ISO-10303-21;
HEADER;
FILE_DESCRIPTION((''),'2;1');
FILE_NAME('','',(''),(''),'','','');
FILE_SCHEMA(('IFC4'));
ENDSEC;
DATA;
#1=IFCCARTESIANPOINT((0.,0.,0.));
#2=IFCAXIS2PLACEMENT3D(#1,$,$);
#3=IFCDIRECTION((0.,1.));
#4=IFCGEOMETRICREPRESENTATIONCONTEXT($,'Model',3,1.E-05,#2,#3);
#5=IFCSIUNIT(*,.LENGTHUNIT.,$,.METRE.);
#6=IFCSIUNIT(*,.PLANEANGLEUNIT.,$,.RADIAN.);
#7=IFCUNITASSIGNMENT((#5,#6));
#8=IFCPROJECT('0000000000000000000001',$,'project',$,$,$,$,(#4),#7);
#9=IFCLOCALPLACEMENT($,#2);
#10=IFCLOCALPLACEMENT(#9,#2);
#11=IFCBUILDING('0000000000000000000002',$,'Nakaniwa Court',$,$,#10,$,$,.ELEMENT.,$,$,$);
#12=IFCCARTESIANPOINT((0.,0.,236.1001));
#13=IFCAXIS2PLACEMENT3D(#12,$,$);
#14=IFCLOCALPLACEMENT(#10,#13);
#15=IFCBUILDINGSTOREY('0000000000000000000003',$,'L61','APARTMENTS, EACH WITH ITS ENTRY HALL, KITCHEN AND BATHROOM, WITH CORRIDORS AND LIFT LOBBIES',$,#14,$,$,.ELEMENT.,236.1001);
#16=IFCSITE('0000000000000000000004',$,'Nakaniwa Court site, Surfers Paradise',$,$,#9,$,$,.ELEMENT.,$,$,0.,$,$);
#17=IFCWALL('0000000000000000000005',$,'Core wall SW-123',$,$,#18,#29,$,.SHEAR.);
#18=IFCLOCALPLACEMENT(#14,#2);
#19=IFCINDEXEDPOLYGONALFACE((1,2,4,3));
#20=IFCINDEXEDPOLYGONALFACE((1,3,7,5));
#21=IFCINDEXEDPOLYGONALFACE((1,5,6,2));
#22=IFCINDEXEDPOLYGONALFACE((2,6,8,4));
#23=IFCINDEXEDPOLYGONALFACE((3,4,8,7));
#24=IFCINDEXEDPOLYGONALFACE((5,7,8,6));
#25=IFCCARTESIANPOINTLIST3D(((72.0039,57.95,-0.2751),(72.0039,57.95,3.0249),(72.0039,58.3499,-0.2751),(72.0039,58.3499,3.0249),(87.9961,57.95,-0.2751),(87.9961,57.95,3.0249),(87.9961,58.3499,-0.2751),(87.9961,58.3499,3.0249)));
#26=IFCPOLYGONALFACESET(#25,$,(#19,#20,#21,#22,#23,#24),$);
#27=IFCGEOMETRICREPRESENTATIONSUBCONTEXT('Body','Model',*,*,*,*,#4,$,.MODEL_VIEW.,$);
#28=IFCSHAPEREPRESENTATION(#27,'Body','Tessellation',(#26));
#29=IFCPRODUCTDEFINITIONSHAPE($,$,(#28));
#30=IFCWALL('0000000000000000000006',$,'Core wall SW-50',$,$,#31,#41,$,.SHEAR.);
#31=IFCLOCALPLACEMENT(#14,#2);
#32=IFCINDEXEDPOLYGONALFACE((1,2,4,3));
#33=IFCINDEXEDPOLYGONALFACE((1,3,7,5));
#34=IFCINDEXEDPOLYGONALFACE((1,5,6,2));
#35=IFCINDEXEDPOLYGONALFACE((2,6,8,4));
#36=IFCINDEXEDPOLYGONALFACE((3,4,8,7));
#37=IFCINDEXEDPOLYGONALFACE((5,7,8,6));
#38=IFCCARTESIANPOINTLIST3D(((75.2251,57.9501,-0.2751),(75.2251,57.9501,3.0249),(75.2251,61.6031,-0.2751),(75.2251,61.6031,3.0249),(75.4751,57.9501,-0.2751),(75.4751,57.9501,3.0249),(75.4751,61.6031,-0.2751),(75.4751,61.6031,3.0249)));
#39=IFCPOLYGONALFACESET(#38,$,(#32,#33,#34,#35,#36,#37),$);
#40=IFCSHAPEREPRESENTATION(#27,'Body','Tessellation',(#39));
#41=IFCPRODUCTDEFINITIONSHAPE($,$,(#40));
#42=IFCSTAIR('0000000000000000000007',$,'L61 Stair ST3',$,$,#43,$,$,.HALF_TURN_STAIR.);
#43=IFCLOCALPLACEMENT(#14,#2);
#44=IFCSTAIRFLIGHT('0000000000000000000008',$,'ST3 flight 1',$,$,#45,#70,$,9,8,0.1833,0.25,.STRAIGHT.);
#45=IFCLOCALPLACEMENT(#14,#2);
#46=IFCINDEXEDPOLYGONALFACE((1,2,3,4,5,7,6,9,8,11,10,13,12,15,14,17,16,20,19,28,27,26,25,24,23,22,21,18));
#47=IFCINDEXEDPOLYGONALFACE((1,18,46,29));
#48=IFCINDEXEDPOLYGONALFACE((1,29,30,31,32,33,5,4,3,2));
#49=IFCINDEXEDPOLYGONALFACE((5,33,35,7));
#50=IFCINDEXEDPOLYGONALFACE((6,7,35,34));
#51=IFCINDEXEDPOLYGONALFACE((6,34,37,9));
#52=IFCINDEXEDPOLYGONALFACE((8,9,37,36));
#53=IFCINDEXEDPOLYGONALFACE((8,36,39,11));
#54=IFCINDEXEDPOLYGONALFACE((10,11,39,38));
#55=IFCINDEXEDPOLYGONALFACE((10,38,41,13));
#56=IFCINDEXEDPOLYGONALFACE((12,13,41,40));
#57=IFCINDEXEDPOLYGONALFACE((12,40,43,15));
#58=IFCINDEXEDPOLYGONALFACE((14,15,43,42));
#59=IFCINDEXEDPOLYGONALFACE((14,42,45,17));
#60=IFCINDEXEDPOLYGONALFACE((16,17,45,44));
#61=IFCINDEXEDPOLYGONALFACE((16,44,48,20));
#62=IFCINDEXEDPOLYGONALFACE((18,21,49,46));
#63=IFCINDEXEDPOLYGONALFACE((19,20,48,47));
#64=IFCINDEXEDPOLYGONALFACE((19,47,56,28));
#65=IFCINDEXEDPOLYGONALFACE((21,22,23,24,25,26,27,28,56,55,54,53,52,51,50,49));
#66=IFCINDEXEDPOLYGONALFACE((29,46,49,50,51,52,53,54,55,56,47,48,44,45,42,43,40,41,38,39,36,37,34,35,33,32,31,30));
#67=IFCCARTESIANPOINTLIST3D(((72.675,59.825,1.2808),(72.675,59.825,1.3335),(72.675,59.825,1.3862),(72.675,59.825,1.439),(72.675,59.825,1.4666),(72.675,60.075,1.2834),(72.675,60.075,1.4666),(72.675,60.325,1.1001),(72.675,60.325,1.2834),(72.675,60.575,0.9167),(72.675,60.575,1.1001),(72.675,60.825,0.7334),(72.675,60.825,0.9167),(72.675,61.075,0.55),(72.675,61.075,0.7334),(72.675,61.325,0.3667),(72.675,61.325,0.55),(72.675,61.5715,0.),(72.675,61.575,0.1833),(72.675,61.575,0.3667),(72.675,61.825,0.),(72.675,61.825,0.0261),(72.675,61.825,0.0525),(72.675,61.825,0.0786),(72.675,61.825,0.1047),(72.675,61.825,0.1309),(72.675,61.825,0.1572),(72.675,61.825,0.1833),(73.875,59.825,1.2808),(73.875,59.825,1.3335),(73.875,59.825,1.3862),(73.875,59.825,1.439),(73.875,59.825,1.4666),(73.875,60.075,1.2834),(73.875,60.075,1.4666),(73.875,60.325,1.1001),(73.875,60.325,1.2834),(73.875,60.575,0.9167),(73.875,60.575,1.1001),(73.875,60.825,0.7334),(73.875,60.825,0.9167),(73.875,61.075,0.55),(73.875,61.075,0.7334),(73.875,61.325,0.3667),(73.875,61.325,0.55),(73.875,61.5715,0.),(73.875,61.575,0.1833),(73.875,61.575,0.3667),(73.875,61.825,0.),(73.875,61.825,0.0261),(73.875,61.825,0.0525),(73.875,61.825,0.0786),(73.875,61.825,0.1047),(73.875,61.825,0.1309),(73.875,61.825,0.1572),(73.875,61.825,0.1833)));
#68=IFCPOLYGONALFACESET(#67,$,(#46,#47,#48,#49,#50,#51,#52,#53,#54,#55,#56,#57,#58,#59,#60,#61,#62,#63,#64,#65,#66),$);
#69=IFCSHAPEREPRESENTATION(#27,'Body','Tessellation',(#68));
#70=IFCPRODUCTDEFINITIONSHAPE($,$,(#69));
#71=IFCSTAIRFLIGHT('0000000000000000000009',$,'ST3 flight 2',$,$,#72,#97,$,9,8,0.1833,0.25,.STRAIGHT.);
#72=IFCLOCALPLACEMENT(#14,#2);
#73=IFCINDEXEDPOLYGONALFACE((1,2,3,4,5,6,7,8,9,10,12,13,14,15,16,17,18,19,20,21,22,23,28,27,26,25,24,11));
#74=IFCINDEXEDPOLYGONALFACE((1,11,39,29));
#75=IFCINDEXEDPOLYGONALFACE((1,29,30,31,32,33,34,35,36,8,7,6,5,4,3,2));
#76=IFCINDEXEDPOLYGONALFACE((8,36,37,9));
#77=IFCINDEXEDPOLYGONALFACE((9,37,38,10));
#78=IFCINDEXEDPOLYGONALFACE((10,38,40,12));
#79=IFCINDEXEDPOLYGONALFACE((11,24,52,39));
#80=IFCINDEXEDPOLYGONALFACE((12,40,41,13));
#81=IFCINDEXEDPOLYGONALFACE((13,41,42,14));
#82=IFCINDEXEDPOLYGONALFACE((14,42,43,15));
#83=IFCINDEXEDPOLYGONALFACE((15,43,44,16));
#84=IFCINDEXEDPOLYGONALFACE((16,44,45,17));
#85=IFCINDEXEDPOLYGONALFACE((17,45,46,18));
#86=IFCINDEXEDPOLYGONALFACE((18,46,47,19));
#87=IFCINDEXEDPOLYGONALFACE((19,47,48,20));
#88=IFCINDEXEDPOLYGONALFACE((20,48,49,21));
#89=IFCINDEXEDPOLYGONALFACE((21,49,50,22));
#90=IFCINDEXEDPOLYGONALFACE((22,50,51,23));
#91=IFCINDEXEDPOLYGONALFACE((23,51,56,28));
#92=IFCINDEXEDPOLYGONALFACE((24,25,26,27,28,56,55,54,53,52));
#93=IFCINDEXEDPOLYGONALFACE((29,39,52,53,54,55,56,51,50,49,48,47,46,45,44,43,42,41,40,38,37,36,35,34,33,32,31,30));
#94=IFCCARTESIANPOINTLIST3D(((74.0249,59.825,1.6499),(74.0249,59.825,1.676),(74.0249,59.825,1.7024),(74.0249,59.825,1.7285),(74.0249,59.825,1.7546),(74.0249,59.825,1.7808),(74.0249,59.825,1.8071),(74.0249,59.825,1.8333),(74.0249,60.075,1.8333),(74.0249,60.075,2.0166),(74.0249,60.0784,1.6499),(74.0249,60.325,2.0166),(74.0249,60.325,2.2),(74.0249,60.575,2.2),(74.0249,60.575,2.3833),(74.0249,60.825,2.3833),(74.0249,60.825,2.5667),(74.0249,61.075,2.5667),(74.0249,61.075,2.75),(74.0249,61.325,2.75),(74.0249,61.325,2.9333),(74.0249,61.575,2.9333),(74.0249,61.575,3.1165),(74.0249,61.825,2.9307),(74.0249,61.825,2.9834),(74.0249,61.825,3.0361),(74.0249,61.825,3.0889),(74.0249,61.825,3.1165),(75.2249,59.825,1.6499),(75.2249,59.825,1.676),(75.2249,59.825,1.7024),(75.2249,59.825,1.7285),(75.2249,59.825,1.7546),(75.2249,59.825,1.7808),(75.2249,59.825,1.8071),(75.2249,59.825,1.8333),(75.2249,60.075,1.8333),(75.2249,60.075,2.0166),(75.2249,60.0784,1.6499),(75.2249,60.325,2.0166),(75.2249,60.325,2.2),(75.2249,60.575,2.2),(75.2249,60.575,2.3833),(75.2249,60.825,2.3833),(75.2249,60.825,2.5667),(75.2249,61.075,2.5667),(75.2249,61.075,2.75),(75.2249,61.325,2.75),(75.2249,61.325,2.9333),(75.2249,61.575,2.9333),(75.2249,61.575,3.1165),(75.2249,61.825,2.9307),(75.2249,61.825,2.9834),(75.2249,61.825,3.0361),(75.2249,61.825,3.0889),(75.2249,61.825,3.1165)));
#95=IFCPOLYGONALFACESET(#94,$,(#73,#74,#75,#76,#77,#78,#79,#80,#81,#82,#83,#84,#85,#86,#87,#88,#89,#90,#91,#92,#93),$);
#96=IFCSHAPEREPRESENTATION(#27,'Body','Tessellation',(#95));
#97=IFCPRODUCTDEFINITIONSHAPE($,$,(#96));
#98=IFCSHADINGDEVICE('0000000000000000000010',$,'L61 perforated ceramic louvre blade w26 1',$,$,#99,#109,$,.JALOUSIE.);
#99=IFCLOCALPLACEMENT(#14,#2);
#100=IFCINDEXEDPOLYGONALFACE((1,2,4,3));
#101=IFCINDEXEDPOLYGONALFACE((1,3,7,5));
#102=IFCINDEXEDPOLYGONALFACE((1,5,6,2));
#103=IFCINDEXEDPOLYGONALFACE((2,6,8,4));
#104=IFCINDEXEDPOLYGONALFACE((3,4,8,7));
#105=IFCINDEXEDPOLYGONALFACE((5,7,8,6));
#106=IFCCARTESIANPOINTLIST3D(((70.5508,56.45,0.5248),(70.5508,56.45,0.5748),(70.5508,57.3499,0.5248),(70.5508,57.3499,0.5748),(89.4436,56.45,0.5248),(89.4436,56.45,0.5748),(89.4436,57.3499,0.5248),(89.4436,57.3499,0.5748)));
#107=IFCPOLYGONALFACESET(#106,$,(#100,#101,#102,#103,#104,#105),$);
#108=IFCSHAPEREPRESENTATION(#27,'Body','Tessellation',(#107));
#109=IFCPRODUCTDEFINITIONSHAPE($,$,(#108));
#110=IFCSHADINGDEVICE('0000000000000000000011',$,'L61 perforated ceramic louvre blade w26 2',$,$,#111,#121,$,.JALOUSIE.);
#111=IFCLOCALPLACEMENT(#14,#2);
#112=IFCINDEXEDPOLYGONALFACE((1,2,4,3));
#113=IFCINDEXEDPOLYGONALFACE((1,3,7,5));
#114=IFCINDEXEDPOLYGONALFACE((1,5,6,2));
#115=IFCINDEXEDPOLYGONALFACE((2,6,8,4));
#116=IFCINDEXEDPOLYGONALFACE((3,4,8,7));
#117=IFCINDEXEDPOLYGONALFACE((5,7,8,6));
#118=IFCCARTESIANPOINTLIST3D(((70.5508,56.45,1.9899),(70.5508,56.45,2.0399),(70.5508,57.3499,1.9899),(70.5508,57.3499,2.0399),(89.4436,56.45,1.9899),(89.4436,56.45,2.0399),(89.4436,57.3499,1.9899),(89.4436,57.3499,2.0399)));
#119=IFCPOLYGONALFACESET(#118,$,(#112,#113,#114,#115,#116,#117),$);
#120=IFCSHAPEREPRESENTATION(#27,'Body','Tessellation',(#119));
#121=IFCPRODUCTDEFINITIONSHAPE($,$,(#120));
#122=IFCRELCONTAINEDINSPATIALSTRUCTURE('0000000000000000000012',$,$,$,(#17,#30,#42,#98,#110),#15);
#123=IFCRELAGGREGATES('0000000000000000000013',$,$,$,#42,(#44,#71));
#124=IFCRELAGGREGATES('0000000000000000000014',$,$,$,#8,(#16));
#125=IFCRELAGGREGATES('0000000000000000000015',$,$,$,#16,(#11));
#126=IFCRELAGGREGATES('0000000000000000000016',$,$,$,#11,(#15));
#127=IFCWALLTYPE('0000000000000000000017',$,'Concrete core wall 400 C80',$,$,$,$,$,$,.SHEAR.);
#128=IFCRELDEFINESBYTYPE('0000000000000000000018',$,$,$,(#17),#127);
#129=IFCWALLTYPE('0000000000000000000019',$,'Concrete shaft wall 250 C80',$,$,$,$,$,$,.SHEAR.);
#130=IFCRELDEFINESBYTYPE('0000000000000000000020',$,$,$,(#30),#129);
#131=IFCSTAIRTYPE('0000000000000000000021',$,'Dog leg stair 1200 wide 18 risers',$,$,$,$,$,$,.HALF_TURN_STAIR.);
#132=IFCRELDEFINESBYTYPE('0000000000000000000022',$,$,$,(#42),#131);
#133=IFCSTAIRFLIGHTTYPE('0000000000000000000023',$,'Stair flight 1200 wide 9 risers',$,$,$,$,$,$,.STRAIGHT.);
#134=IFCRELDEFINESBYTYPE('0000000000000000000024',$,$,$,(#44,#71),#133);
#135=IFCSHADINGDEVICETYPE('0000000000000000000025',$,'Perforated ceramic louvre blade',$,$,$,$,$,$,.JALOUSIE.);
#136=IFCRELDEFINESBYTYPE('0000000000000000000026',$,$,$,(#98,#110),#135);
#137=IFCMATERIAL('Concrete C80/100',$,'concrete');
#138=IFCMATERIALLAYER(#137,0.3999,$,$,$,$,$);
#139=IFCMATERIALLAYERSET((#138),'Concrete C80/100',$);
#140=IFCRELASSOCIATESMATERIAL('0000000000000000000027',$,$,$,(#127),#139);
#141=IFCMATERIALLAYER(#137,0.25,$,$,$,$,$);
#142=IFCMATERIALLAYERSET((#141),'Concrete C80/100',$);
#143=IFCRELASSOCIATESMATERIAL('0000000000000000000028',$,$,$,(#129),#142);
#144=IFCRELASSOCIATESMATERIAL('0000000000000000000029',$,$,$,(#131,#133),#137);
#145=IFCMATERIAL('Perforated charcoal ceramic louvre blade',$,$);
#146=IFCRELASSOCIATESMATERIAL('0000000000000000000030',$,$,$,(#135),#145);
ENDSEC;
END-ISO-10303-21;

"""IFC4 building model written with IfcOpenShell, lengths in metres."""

from ifc_helpers import new_model, si_unit, direction, frame, frame_2d, origin, origin_2d, place, context, subcontext, project, spatial, polyline, rectangle, outline, extrude, material, layer, layer_set, material_profile, profile_set, type_object, element, aggregate, save


model = new_model("IFC4")

# Units and contexts
model_context = context("Model", 3, precision=1e-05, world=origin(), true_north=direction((0.0, 1.0)))
body_context = subcontext(model_context, "Body", "Model", "MODEL_VIEW")
ifc_project = project(units=[si_unit("LENGTHUNIT", "METRE"), si_unit("PLANEANGLEUNIT", "RADIAN")], contexts=[model_context])

# Site, building, storey
site_placement = place(None, origin())
site = spatial("IfcSite", under=ifc_project, at=site_placement, Name="Nakaniwa Court site, Surfers Paradise", CompositionType="ELEMENT", RefElevation=0.0)
building_placement = place(site_placement, origin())
building = spatial("IfcBuilding", under=site, at=building_placement, Name="Nakaniwa Court", CompositionType="ELEMENT")
storey_placement = place(building_placement, frame((0.0, 0.0, 236.1001)))
storey = spatial("IfcBuildingStorey", under=building, at=storey_placement, Name="L61", Description="APARTMENTS, EACH WITH ITS ENTRY HALL, KITCHEN AND BATHROOM, WITH CORRIDORS AND LIFT LOBBIES", CompositionType="ELEMENT", Elevation=236.1001)

# Shared definitions
ifc_material_1 = material(Name="Concrete C80/100", Category="concrete")

# Walls
ifc_layer_1 = layer(ifc_material_1, 0.3999)
ifc_layer_set_1 = layer_set([ifc_layer_1], Name="Concrete C80/100")
wall_type_1 = type_object("IfcWallType", Name="Concrete core wall 400 C80", PredefinedType="SHEAR", material=ifc_layer_set_1)
wall_1_placement = place(storey_placement, frame((72.0039, 58.1499, -0.2751), z_axis=(0.0, 0.0, 1.0), x_axis=(1.0, 0.0, 0.0)))
element("IfcWall", 1, at=wall_1_placement, inside=storey, type_object=wall_type_1, Name="Core wall SW-123", PredefinedType="SHEAR", context=body_context, shape_type="SweptSolid", body=[
    extrude(rectangle(XDim=15.9922, YDim=0.3999, at=frame_2d((7.9961, 0.0))), origin(), (0.0, 0.0, 1.0), 3.3),
])
ifc_layer_2 = layer(ifc_material_1, 0.25)
ifc_layer_set_2 = layer_set([ifc_layer_2], Name="Concrete C80/100")
wall_type_2 = type_object("IfcWallType", Name="Concrete shaft wall 250 C80", PredefinedType="SHEAR", material=ifc_layer_set_2)
wall_2_placement = place(storey_placement, frame((75.3501, 57.95, -0.2751), z_axis=(0.0, 0.0, 1.0), x_axis=(0.0, 1.0, 0.0)))
element("IfcWall", 2, at=wall_2_placement, inside=storey, type_object=wall_type_2, Name="Core wall SW-50", PredefinedType="SHEAR", context=body_context, shape_type="SweptSolid", body=[
    extrude(rectangle(XDim=3.6531, YDim=0.25, at=frame_2d((1.8267, 0.0))), origin(), (0.0, 0.0, 1.0), 3.3),
])

# Stair, stair flights
stair_type = type_object("IfcStairType", Name="Dog leg stair 1200 wide 18 risers", PredefinedType="HALF_TURN_STAIR", material=ifc_material_1)
stair_placement = place(storey_placement, origin())
stair = element("IfcStair", 3, at=stair_placement, inside=storey, type_object=stair_type, Name="L61 Stair ST3", PredefinedType="HALF_TURN_STAIR")
stair_flight_type = type_object("IfcStairFlightType", Name="Stair flight 1200 wide 9 risers", PredefinedType="STRAIGHT", material=ifc_material_1)
stair_flight_1_placement = place(storey_placement, frame((73.2749, 61.825, 0.0), z_axis=(0.0, 0.0, 1.0), x_axis=(0.0, -1.0, 0.0)))
stair_flight_1 = element("IfcStairFlight", 4, at=stair_flight_1_placement, type_object=stair_flight_type, Name="ST3 flight 1", NumberOfRisers=9, NumberOfTreads=8, PredefinedType="STRAIGHT", RiserHeight=0.1833, TreadLength=0.25, context=body_context, shape_type="SweptSolid", body=[
    extrude(outline(polyline([(0.0, 0.0), (0.0, 0.0261), (0.0, 0.0525), (0.0, 0.0786), (0.0, 0.1047), (0.0, 0.1309), (0.0, 0.1572), (0.0, 0.1833), (0.25, 0.1833), (0.25, 0.3667), (0.5, 0.3667), (0.5, 0.55), (0.75, 0.55), (0.75, 0.7334), (1.0, 0.7334), (1.0, 0.9167), (1.25, 0.9167), (1.25, 1.1001), (1.5, 1.1001), (1.5, 1.2834), (1.75, 1.2834), (1.75, 1.4666), (2.0, 1.4666), (2.0, 1.6499), (2.0, 1.5972), (2.0, 1.5444), (2.0, 1.4917), (2.0, 1.439), (2.0, 1.3862), (2.0, 1.3335), (2.0, 1.2808), (0.2534, 0.0), (0.0, 0.0)])), frame((0.0, 0.6001, 0.0), z_axis=(0.0, -1.0, 0.0), x_axis=(1.0, 0.0, 0.0)), (0.0, 0.0, 1.0), 1.2),
])
stair_flight_2_placement = place(storey_placement, frame((74.625, 59.825, 1.6499), z_axis=(0.0, 0.0, 1.0), x_axis=(0.0, 1.0, 0.0)))
stair_flight_2 = element("IfcStairFlight", 5, at=stair_flight_2_placement, type_object=stair_flight_type, Name="ST3 flight 2", NumberOfRisers=9, NumberOfTreads=8, PredefinedType="STRAIGHT", RiserHeight=0.1833, TreadLength=0.25, context=body_context, shape_type="SweptSolid", body=[
    extrude(outline(polyline([(0.0, 0.0), (0.0, 0.0261), (0.0, 0.0525), (0.0, 0.0786), (0.0, 0.1047), (0.0, 0.1309), (0.0, 0.1572), (0.0, 0.1833), (0.25, 0.1833), (0.25, 0.3667), (0.5, 0.3667), (0.5, 0.55), (0.75, 0.55), (0.75, 0.7334), (1.0, 0.7334), (1.0, 0.9167), (1.25, 0.9167), (1.25, 1.1001), (1.5, 1.1001), (1.5, 1.2834), (1.75, 1.2834), (1.75, 1.4666), (2.0, 1.4666), (2.0, 1.6499), (2.0, 1.5972), (2.0, 1.5444), (2.0, 1.4917), (2.0, 1.439), (2.0, 1.3862), (2.0, 1.3335), (2.0, 1.2808), (0.2534, 0.0), (0.0, 0.0)])), frame((0.0, 0.6001, 0.0), z_axis=(0.0, -1.0, 0.0), x_axis=(1.0, 0.0, 0.0)), (0.0, 0.0, 1.0), 1.2),
])
aggregate(stair, [stair_flight_1, stair_flight_2])

# Shading devices
ifc_material_2 = material(Name="Perforated charcoal ceramic louvre blade")
ifc_material_profile = material_profile(ifc_material_2, rectangle(XDim=0.8999, YDim=0.05, at=origin_2d()), Name="Perforated ceramic louvre blade")
ifc_profile_set = profile_set([ifc_material_profile], Name="Perforated charcoal ceramic louvre blade")
shading_device_type = type_object("IfcShadingDeviceType", Name="Perforated ceramic louvre blade", PredefinedType="JALOUSIE", material=ifc_profile_set)
for number, where, z_axis, x_axis, name in (
    (6, (70.5508, 56.8999, 0.5498), (1.0, 0.0, 0.0), (0.0, 1.0, 0.0), "L61 perforated ceramic louvre blade w26 1"),
    (7, (70.5508, 56.8999, 2.0149), (1.0, 0.0, 0.0), (0.0, 1.0, 0.0), "L61 perforated ceramic louvre blade w26 2"),
):
    element("IfcShadingDevice", number, at=place(storey_placement, frame(where, z_axis=z_axis, x_axis=x_axis)), inside=storey, type_object=shading_device_type, Name=name, PredefinedType="JALOUSIE", context=body_context, shape_type="SweptSolid", body=[
        extrude(rectangle(XDim=0.8999, YDim=0.05, at=origin_2d()), origin(), (0.0, 0.0, 1.0), 18.8928),
    ])

save(model, "model.ifc")
